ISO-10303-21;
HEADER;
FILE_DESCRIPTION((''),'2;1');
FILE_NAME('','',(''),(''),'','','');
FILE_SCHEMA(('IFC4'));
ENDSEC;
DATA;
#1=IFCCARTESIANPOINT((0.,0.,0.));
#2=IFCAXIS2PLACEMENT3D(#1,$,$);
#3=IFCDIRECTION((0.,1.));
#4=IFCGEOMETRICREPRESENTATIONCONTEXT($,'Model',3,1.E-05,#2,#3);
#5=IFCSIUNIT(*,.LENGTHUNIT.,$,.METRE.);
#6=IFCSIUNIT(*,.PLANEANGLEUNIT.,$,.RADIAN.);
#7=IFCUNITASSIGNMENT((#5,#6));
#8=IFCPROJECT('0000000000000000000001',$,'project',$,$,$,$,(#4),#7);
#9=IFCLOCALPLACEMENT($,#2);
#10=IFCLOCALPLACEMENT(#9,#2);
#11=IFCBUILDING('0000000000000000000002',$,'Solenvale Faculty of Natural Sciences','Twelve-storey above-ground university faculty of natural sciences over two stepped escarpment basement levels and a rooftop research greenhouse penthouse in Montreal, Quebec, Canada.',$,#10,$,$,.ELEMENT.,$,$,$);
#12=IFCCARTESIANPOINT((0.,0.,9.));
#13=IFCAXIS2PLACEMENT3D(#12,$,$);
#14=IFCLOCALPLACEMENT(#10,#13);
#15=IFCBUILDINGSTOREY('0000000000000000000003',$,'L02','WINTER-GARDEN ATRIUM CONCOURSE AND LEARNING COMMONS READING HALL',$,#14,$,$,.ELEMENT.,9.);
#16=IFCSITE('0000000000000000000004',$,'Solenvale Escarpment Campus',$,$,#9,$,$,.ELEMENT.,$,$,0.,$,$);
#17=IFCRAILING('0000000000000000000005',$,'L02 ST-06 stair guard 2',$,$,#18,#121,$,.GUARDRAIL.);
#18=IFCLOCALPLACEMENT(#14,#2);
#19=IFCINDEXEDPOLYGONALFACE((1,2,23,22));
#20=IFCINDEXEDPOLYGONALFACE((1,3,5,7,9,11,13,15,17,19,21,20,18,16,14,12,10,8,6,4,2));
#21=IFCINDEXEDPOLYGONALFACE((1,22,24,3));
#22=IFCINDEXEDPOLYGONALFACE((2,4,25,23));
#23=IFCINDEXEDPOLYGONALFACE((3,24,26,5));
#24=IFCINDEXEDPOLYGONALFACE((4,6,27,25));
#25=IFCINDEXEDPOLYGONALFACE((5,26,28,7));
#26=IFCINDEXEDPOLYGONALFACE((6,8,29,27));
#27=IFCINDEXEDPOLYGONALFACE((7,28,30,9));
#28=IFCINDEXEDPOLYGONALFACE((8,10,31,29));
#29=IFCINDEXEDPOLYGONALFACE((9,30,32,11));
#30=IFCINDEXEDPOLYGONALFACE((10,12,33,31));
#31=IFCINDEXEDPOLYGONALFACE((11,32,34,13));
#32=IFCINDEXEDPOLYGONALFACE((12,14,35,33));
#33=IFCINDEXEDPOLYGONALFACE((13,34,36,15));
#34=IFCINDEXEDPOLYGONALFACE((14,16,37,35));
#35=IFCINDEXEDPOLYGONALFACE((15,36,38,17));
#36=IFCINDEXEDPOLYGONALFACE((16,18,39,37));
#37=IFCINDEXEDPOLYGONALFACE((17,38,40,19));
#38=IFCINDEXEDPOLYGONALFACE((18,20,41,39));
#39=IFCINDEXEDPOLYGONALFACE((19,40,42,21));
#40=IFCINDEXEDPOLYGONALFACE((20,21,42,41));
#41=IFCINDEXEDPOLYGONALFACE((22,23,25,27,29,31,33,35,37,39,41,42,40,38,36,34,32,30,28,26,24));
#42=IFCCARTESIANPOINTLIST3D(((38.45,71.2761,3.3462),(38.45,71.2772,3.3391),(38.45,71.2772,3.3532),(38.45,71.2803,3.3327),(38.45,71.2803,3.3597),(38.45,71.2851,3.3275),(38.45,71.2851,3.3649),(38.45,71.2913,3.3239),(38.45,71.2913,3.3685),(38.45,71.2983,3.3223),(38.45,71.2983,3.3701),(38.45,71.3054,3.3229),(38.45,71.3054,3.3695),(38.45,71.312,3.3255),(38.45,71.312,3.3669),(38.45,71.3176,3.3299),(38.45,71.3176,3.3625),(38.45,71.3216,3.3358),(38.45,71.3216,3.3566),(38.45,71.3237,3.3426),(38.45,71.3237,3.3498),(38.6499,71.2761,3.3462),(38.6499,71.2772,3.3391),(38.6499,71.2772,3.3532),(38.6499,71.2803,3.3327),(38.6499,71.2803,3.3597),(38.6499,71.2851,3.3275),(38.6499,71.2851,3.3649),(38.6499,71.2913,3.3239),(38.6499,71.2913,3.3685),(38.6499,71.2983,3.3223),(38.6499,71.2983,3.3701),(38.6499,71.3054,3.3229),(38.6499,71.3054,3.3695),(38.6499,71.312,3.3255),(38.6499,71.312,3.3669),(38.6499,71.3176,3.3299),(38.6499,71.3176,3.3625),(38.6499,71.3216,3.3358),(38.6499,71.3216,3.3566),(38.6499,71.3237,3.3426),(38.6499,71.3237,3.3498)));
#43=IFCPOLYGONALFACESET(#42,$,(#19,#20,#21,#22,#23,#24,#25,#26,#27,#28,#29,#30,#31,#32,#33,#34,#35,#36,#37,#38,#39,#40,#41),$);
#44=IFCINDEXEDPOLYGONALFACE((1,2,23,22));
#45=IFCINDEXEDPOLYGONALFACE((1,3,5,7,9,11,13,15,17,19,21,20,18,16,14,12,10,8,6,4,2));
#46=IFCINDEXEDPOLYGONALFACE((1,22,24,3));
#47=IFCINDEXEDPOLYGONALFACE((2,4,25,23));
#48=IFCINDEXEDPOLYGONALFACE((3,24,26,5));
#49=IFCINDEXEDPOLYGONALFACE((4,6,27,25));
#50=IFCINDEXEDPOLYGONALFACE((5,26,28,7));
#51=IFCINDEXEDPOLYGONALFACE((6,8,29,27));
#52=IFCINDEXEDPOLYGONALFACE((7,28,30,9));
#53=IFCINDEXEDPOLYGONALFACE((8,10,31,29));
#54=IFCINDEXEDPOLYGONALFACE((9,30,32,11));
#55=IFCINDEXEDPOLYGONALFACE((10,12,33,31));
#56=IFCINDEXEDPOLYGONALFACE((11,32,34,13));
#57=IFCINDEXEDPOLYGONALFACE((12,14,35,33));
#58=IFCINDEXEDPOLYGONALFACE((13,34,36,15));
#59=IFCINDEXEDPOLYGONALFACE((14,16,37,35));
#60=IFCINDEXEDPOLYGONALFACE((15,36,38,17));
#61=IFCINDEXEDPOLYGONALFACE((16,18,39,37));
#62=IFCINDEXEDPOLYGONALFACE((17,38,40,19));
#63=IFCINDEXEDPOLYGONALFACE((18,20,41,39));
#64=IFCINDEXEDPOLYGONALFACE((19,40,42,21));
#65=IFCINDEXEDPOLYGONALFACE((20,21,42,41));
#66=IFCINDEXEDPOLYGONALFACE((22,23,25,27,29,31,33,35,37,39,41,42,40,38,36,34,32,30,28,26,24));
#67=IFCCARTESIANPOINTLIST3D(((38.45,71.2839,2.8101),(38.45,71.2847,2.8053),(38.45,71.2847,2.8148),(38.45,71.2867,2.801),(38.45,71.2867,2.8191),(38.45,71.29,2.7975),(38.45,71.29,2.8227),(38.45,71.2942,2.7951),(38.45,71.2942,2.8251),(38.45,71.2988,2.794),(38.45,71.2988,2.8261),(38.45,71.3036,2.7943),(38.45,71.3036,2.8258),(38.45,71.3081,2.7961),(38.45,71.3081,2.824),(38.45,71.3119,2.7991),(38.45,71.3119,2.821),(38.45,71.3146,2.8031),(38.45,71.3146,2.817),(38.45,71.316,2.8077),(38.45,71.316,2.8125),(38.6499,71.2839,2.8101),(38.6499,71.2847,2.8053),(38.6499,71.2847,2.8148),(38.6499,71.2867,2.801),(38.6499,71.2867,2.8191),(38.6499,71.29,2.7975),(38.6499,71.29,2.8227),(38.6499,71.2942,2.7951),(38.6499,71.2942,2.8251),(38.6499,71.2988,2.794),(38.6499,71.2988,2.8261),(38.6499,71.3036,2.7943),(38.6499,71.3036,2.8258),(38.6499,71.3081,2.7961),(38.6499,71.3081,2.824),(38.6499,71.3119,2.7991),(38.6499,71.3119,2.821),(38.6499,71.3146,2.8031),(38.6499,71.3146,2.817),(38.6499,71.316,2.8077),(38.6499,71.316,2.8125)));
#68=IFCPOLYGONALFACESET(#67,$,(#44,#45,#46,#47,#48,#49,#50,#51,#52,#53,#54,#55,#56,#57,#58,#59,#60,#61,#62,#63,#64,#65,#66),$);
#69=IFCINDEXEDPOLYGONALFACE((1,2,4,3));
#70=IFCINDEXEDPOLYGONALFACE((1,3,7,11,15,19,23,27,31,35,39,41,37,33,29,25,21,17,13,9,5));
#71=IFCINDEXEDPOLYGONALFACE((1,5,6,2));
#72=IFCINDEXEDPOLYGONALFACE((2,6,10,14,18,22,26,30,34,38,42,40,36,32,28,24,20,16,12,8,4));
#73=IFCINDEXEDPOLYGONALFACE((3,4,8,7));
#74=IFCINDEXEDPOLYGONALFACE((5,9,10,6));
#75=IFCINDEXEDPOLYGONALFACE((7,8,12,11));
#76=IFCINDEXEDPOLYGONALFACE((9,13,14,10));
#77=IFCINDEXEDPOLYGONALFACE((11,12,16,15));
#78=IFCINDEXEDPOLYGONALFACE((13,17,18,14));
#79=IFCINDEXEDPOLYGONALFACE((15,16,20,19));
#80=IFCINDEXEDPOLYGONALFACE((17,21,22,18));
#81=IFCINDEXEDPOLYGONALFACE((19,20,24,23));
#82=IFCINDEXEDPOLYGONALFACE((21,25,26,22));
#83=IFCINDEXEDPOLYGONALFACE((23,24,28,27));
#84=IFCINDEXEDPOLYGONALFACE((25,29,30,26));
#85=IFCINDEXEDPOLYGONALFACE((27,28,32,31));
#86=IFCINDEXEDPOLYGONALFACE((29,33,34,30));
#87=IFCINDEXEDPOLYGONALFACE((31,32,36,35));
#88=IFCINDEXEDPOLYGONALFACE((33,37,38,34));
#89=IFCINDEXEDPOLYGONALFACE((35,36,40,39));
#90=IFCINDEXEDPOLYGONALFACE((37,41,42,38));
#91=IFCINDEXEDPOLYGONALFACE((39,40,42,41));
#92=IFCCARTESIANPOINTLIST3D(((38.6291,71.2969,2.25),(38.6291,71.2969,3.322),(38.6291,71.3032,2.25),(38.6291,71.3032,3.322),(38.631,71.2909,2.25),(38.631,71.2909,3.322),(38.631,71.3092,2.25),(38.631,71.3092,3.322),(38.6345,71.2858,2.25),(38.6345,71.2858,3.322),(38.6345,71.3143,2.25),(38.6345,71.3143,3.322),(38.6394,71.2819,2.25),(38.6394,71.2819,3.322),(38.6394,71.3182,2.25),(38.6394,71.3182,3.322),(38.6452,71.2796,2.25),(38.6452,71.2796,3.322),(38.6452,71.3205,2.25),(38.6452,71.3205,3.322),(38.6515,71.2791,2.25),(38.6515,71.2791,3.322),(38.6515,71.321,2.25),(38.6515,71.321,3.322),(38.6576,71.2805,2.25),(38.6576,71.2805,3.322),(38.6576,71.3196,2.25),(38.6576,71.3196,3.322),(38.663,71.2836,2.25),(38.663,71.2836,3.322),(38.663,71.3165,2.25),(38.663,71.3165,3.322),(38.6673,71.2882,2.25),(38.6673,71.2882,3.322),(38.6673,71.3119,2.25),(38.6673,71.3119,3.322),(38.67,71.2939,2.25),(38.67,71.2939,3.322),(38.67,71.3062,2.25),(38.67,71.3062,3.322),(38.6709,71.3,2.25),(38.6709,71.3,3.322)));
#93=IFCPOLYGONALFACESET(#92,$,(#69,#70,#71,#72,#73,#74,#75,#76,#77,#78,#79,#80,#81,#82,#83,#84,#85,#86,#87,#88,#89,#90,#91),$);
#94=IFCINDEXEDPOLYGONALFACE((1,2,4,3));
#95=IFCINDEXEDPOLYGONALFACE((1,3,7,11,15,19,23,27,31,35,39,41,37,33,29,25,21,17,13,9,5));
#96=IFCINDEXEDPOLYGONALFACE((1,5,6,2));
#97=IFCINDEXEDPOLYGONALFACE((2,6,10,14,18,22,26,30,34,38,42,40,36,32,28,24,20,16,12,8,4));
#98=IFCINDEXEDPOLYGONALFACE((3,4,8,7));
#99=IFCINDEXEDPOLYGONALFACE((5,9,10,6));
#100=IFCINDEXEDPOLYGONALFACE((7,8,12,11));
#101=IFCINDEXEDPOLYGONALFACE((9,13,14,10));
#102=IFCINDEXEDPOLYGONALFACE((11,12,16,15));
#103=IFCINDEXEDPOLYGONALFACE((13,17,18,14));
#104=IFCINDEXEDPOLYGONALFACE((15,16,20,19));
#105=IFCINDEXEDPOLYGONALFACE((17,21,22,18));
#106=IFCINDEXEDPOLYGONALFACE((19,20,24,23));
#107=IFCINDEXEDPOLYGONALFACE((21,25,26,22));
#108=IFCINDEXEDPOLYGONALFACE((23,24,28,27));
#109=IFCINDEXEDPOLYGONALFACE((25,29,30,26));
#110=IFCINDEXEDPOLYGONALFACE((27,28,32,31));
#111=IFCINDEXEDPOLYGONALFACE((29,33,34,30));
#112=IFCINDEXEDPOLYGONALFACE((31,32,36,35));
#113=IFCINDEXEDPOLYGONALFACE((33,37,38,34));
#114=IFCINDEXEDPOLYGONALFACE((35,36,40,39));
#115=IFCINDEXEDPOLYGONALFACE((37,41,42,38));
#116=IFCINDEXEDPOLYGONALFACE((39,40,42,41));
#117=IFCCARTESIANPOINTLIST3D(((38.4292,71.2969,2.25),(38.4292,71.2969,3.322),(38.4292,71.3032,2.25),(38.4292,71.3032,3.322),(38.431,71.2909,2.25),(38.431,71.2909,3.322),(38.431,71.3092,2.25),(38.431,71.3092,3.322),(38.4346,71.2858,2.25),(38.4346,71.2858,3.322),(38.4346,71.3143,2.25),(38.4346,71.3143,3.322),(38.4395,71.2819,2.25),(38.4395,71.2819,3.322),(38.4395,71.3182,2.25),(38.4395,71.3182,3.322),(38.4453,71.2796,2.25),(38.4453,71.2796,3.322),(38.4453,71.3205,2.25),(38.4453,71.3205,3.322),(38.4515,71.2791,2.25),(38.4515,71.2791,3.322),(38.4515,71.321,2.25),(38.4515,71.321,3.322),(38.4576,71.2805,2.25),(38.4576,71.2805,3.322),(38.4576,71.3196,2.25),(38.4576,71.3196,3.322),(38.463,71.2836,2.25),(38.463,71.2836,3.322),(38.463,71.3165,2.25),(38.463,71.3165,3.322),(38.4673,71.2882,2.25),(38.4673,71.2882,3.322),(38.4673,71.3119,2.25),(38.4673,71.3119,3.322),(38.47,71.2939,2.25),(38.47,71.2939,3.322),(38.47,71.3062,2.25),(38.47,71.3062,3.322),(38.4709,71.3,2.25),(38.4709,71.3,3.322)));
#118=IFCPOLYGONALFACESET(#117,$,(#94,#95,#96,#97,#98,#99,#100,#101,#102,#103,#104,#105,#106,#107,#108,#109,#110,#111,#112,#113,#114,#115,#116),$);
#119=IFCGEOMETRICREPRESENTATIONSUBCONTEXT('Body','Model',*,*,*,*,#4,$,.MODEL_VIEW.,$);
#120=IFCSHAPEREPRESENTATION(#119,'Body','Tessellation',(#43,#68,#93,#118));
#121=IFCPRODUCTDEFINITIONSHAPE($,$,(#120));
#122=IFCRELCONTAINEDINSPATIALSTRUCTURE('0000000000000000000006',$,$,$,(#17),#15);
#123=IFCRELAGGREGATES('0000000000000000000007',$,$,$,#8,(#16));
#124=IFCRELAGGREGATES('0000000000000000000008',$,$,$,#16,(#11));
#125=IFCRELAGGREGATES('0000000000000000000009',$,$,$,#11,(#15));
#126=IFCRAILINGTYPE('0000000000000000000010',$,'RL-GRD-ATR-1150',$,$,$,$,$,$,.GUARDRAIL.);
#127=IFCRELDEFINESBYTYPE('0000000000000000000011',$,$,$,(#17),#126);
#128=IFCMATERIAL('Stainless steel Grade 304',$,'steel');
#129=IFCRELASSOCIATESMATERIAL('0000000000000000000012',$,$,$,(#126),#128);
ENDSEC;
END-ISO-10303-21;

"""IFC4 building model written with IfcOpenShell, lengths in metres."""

from ifc_helpers import new_model, si_unit, direction, frame, origin, origin_2d, place, context, subcontext, project, spatial, circle, extrude, material, type_object, element, save


model = new_model("IFC4")

# Units and contexts
model_context = context("Model", 3, precision=1e-05, world=origin(), true_north=direction((0.0, 1.0)))
body_context = subcontext(model_context, "Body", "Model", "MODEL_VIEW")
ifc_project = project(units=[si_unit("LENGTHUNIT", "METRE"), si_unit("PLANEANGLEUNIT", "RADIAN")], contexts=[model_context])

# Site, building, storey
site_placement = place(None, origin())
site = spatial("IfcSite", under=ifc_project, at=site_placement, Name="Solenvale Escarpment Campus", CompositionType="ELEMENT", RefElevation=0.0)
building_placement = place(site_placement, origin())
building = spatial("IfcBuilding", under=site, at=building_placement, Name="Solenvale Faculty of Natural Sciences", Description="Twelve-storey above-ground university faculty of natural sciences over two stepped escarpment basement levels and a rooftop research greenhouse penthouse in Montreal, Quebec, Canada.", CompositionType="ELEMENT")
storey_placement = place(building_placement, frame((0.0, 0.0, 9.0)))
storey = spatial("IfcBuildingStorey", under=building, at=storey_placement, Name="L02", Description="WINTER-GARDEN ATRIUM CONCOURSE AND LEARNING COMMONS READING HALL", CompositionType="ELEMENT", Elevation=9.0)

# Railing
ifc_material_1 = material(Name="Stainless steel Grade 304", Category="steel")
railing_type_1 = type_object("IfcRailingType", Name="RL-GRD-ATR-1150", PredefinedType="GUARDRAIL", material=ifc_material_1)
railing_1_placement = place(storey_placement, frame((38.6499, 71.3, 2.25)))
element("IfcRailing", 1, at=railing_1_placement, inside=storey, type_object=railing_type_1, Name="L02 ST-06 stair guard 2", PredefinedType="GUARDRAIL", context=body_context, shape_type="SweptSolid", body=[
    extrude(circle(Radius=0.0239, at=origin_2d()), frame((0.0, 0.0, 1.0962), z_axis=(-1.0, 0.0, 0.0), x_axis=(0.0, -1.0, 0.0)), (0.0, 0.0, 1.0), 0.2),
    extrude(circle(Radius=0.0161, at=origin_2d()), frame((0.0, 0.0, 0.5601), z_axis=(-1.0, 0.0, 0.0), x_axis=(0.0, -1.0, 0.0)), (0.0, 0.0, 1.0), 0.2),
    extrude(circle(Radius=0.021, at=origin_2d()), origin(), (0.0, 0.0, 1.0), 1.072),
    extrude(circle(Radius=0.021, at=origin_2d()), frame((-0.2, 0.0, 0.0)), (0.0, 0.0, 1.0), 1.072),
])

save(model, "model.ifc")
